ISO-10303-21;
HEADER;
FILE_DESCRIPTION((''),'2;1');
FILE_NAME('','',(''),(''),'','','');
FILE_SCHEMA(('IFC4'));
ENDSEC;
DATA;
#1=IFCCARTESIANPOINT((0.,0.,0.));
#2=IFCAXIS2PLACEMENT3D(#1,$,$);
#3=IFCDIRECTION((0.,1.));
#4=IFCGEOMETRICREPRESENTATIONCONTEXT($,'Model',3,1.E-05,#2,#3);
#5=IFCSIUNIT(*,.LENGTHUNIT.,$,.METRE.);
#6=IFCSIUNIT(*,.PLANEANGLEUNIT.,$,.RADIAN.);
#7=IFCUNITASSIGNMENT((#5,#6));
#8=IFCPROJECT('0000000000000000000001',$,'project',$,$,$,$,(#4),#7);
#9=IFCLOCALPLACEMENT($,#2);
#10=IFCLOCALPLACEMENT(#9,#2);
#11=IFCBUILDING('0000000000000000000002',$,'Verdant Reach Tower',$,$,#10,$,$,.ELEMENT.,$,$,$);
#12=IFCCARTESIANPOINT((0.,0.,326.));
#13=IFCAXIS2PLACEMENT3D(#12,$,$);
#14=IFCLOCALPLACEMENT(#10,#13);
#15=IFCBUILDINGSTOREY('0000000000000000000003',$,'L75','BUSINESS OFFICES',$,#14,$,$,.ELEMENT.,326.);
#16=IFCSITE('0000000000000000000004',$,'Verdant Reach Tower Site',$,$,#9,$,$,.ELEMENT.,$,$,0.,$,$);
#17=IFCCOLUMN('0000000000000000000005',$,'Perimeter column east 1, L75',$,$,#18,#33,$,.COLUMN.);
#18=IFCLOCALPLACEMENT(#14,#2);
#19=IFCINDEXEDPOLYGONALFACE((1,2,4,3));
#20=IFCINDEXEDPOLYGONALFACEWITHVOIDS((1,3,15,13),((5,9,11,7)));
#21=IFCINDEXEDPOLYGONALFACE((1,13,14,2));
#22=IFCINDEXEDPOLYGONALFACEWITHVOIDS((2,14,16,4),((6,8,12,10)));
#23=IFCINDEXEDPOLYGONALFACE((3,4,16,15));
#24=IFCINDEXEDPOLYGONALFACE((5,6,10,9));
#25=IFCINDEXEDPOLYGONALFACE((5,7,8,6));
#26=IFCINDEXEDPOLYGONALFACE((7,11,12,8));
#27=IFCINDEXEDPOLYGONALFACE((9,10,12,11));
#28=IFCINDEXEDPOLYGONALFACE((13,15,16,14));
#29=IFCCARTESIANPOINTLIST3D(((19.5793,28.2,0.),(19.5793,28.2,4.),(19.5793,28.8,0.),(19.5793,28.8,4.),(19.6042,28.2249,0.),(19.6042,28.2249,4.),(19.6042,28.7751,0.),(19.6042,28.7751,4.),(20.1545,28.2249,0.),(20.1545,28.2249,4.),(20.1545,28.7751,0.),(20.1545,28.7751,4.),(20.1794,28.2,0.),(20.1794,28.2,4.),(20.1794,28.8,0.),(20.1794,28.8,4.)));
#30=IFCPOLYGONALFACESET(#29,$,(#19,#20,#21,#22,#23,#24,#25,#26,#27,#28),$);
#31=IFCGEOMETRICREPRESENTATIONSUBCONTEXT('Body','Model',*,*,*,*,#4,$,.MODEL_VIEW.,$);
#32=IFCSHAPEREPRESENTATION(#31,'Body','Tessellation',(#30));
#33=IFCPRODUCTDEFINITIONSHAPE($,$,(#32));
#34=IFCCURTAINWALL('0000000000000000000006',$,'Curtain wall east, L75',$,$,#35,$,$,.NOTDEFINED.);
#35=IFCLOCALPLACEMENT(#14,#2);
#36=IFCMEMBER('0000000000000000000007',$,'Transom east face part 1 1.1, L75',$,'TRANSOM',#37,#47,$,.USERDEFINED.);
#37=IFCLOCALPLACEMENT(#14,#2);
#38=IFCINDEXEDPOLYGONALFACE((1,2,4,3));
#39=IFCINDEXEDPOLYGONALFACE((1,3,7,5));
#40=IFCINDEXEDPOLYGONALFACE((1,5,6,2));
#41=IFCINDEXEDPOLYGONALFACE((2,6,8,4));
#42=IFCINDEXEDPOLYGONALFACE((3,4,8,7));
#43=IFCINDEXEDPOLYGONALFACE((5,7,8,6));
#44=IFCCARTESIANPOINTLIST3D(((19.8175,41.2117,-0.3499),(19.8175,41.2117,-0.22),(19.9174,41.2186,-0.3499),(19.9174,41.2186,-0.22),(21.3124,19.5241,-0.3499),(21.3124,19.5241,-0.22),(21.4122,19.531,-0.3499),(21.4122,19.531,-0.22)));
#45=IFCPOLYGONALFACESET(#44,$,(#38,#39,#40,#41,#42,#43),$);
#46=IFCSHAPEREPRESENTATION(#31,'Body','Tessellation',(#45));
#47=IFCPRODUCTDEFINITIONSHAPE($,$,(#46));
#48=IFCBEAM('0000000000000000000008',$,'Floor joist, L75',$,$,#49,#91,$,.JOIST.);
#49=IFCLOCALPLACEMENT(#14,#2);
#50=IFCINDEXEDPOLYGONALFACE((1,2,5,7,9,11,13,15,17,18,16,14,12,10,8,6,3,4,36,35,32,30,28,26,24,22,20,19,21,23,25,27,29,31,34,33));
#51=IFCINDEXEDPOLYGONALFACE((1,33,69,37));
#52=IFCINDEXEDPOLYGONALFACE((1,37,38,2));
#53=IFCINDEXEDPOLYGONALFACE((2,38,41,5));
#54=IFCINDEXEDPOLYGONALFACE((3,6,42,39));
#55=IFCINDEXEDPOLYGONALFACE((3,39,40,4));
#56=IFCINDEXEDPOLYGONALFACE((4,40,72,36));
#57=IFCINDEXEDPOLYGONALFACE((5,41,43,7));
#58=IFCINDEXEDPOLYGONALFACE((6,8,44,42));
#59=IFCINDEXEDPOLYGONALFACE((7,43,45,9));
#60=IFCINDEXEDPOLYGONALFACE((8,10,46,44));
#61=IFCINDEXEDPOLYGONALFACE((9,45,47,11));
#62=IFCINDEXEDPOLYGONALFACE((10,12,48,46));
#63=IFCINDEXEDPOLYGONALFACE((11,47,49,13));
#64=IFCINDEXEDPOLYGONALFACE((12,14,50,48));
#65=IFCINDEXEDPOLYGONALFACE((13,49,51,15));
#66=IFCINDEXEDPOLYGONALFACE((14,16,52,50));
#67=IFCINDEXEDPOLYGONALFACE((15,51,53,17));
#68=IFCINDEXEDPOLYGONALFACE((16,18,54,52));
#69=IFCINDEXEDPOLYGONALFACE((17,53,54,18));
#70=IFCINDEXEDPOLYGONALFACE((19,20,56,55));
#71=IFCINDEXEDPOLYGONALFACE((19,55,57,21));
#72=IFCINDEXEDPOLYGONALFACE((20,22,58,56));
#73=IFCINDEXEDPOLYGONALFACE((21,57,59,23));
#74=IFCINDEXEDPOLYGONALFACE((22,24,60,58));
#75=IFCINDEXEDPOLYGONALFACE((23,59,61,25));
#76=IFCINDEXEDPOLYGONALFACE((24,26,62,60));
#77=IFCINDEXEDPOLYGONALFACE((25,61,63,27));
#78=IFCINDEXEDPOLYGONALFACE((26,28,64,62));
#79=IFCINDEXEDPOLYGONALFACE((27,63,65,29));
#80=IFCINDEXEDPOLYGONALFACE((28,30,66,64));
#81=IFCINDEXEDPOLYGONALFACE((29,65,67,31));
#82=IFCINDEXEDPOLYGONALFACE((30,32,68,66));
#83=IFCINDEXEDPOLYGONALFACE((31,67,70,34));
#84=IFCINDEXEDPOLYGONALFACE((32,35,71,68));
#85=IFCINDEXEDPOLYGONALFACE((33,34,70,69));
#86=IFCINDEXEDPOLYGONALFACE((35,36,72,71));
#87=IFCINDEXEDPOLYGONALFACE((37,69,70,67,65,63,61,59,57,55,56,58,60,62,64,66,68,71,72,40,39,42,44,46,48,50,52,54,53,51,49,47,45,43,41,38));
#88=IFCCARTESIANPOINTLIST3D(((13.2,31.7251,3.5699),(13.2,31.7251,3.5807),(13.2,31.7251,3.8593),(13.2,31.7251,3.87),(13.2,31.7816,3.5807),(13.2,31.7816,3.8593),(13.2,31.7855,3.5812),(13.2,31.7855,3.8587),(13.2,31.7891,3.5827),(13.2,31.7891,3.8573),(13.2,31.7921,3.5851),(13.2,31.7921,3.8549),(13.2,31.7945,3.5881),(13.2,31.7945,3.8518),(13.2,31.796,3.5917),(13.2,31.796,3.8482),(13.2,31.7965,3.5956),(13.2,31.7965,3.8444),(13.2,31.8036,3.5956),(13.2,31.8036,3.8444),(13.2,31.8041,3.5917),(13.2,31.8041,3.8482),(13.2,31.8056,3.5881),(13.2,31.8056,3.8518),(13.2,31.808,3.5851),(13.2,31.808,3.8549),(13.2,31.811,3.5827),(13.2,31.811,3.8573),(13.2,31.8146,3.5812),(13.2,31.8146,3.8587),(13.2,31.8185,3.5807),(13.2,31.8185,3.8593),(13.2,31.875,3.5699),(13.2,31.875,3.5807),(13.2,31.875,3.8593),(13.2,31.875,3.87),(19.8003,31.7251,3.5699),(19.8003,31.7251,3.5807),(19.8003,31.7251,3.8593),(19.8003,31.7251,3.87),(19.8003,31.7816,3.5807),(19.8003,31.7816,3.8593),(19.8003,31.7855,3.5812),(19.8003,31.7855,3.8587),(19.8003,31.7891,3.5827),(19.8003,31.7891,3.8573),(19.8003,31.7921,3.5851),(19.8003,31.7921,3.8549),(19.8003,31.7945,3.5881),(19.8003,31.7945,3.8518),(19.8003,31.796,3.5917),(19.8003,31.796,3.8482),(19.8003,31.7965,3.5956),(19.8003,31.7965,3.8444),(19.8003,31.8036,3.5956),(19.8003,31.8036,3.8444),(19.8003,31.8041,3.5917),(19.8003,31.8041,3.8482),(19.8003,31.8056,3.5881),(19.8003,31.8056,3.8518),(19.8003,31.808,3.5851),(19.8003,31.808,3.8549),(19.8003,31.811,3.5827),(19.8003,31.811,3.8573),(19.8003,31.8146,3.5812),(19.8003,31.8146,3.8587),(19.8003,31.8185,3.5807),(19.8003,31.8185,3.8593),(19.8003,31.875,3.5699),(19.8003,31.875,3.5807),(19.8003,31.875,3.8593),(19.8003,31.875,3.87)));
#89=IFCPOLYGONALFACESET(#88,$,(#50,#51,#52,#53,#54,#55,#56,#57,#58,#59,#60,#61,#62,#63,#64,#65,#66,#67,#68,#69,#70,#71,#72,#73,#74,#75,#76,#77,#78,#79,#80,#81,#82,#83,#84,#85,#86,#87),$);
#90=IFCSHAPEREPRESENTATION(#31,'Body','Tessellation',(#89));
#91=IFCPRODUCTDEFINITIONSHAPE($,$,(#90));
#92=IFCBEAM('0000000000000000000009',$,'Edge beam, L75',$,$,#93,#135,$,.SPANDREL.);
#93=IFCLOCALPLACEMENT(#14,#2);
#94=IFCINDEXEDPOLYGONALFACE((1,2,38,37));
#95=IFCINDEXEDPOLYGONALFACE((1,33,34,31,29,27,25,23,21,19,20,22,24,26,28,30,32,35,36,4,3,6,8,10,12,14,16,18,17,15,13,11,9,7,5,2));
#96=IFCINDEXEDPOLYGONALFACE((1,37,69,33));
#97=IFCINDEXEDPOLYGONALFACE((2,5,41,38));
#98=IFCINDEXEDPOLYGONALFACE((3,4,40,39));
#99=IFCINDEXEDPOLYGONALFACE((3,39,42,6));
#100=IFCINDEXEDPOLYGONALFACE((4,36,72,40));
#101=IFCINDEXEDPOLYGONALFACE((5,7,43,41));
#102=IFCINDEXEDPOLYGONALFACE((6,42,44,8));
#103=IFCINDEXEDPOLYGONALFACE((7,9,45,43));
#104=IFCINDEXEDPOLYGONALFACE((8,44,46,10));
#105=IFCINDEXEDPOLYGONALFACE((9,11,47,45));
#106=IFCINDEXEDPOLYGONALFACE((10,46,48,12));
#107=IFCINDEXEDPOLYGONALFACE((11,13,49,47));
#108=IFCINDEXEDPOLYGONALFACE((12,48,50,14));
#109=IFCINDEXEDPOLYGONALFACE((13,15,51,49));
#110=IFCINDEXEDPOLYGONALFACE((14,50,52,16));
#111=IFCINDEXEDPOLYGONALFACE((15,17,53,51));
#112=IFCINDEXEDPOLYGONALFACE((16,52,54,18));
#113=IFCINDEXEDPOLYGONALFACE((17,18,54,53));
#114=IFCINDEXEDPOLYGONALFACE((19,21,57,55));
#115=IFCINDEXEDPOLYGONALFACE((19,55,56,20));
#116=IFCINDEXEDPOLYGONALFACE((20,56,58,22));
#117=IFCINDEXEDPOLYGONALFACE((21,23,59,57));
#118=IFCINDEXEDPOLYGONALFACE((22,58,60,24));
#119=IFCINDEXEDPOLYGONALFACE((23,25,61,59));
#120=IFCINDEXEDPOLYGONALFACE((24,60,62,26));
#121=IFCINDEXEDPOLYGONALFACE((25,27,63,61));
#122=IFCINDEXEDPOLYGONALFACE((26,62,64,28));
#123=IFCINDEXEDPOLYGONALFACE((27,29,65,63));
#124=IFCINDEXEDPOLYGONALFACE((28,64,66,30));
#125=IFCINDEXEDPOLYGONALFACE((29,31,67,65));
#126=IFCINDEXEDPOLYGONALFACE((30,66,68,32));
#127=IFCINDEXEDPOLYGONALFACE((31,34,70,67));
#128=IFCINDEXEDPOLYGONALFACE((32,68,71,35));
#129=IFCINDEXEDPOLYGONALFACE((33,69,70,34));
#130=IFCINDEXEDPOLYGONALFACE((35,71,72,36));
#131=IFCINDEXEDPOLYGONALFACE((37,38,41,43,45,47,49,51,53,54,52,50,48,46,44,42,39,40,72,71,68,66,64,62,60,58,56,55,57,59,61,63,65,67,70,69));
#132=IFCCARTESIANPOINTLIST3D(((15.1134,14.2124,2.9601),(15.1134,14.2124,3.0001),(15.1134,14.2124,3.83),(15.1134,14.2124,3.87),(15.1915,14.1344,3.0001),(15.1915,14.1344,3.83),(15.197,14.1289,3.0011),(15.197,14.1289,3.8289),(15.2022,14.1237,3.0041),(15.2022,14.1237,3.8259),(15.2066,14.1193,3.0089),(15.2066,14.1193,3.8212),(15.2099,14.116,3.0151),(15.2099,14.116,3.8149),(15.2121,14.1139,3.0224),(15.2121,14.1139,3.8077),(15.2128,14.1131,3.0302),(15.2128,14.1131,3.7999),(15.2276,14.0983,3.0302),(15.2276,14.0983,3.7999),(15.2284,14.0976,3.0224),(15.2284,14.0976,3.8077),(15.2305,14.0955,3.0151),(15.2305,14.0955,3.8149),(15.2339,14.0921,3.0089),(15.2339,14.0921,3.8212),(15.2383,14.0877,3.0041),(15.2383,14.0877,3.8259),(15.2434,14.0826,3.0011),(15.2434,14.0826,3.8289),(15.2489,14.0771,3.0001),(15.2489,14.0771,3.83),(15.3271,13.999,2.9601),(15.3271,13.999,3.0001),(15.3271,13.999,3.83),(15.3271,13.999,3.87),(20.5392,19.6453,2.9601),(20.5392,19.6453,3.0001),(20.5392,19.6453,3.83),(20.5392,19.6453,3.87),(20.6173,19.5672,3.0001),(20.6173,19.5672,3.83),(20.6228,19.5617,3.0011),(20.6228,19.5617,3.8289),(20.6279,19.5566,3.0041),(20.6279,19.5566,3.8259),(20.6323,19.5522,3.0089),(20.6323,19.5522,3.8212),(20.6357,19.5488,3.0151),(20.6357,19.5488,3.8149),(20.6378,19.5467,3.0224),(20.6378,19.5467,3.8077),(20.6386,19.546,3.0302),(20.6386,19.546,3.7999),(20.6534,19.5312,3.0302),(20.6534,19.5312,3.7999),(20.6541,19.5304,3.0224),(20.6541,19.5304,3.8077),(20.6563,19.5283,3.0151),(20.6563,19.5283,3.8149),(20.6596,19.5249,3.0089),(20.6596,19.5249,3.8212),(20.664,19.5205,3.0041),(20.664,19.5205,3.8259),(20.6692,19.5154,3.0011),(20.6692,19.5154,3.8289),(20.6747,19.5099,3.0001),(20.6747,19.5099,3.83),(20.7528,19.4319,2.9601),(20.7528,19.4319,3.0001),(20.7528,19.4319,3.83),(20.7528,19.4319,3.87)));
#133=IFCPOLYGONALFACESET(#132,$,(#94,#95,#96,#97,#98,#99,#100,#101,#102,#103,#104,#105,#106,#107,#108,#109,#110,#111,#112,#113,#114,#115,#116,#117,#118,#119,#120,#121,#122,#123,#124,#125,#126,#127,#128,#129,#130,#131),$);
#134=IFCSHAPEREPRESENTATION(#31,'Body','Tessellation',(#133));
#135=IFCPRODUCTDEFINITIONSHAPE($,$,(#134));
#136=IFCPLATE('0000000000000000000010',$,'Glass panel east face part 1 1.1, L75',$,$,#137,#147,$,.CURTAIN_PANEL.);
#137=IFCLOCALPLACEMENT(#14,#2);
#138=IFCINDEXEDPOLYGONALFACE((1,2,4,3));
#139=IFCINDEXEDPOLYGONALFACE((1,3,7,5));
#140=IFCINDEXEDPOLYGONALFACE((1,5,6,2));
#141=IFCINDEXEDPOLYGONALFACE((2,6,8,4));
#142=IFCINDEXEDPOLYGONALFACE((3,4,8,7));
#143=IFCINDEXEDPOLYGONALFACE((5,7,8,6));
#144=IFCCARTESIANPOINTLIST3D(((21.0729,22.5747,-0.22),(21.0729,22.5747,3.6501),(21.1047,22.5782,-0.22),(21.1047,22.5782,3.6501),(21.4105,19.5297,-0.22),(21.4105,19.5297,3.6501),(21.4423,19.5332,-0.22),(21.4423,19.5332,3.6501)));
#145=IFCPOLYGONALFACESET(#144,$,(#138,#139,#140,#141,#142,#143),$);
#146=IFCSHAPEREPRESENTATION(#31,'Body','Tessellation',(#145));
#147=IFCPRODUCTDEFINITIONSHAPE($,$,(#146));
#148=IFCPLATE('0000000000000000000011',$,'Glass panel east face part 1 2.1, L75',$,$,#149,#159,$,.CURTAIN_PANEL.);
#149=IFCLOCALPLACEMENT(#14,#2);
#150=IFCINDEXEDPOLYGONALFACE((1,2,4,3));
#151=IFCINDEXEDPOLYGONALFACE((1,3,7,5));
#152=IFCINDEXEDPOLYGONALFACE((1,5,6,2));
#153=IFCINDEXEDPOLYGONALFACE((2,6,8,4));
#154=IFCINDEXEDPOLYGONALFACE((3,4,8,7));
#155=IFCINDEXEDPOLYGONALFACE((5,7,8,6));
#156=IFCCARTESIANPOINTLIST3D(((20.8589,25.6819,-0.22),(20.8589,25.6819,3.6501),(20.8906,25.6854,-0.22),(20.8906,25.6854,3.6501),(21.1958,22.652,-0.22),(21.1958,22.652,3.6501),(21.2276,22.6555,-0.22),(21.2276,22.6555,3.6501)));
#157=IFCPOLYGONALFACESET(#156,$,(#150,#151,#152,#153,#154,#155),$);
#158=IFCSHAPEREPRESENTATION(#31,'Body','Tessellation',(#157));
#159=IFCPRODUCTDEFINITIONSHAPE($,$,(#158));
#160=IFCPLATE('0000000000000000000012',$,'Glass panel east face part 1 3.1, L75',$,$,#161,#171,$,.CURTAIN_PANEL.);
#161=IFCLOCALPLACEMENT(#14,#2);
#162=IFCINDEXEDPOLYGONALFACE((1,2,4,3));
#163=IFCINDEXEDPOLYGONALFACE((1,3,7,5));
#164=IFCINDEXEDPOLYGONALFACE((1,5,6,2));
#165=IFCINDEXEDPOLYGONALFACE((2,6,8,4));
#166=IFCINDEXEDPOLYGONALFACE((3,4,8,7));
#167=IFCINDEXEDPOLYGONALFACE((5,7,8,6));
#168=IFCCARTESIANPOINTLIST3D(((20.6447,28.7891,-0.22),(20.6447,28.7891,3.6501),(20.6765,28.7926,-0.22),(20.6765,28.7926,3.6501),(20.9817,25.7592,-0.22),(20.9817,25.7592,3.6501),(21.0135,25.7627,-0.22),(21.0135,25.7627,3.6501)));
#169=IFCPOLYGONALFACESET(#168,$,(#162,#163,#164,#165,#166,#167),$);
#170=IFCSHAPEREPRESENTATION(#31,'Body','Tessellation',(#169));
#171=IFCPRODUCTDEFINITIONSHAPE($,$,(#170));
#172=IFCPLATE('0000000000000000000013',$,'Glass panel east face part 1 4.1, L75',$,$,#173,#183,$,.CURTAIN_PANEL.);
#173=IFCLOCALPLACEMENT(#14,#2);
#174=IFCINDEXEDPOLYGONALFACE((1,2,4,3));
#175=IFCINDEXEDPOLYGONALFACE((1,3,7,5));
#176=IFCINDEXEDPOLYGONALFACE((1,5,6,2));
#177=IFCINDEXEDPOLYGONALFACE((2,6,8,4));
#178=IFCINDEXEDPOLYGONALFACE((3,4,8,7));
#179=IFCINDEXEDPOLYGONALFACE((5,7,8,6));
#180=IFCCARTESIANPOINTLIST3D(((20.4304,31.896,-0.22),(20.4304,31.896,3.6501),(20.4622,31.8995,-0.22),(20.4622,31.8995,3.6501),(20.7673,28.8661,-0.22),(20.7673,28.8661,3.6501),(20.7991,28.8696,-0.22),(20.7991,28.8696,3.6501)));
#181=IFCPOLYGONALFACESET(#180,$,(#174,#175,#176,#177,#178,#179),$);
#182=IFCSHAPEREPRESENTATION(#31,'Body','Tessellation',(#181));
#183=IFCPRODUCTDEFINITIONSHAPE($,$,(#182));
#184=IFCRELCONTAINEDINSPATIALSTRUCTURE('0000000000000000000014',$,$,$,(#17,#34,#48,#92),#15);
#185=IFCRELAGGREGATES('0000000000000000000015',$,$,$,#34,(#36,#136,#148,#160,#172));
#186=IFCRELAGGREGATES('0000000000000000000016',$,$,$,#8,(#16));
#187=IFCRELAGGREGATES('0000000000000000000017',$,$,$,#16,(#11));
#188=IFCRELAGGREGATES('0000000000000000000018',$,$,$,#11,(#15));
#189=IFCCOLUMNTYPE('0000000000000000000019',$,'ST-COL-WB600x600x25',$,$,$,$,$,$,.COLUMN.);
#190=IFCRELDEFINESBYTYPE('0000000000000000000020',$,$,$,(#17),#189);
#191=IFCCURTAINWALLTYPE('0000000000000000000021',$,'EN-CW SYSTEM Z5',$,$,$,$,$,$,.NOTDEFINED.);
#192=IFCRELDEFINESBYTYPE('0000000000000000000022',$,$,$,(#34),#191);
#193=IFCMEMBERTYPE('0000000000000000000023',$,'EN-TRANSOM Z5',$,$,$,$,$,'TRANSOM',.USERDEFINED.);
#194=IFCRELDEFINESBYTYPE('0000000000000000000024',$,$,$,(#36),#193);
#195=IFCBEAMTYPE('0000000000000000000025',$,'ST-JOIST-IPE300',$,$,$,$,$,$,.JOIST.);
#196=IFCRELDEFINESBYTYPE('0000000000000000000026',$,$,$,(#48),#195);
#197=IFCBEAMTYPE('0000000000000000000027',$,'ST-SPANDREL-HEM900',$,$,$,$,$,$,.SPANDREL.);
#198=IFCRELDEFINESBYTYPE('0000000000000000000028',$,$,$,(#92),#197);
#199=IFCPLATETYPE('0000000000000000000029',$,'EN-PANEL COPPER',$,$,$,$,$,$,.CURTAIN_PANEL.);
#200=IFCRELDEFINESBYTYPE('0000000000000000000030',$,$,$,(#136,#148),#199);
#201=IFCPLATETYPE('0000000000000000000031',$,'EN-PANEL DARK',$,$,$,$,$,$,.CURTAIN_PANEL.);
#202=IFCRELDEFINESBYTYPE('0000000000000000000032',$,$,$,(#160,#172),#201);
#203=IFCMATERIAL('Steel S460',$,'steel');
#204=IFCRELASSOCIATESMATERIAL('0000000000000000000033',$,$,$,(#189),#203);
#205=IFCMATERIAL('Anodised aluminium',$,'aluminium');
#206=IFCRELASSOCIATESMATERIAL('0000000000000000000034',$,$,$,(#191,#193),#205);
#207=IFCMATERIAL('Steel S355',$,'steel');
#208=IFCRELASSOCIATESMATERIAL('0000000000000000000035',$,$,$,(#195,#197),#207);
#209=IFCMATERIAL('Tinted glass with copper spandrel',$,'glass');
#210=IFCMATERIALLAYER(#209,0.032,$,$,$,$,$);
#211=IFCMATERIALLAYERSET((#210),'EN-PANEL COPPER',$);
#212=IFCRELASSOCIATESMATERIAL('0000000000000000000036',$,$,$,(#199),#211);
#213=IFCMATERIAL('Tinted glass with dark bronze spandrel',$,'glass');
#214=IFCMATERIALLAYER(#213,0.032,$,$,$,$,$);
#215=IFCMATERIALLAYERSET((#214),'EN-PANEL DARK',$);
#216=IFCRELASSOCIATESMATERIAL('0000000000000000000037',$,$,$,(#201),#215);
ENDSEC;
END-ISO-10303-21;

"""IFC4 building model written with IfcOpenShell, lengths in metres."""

from ifc_helpers import new_model, si_unit, direction, frame, origin, origin_2d, place, context, subcontext, project, spatial, rectangle, hollow_rectangle, i_section, extrude, material, layer, layer_set, material_profile, profile_set, type_object, element, aggregate, save


model = new_model("IFC4")

# Units and contexts
model_context = context("Model", 3, precision=1e-05, world=origin(), true_north=direction((0.0, 1.0)))
body_context = subcontext(model_context, "Body", "Model", "MODEL_VIEW")
ifc_project = project(units=[si_unit("LENGTHUNIT", "METRE"), si_unit("PLANEANGLEUNIT", "RADIAN")], contexts=[model_context])

# Site, building, storey
site_placement = place(None, origin())
site = spatial("IfcSite", under=ifc_project, at=site_placement, Name="Verdant Reach Tower Site", CompositionType="ELEMENT", RefElevation=0.0)
building_placement = place(site_placement, origin())
building = spatial("IfcBuilding", under=site, at=building_placement, Name="Verdant Reach Tower", CompositionType="ELEMENT")
storey_placement = place(building_placement, frame((0.0, 0.0, 326.0)))
storey = spatial("IfcBuildingStorey", under=building, at=storey_placement, Name="L75", Description="BUSINESS OFFICES", CompositionType="ELEMENT", Elevation=326.0)

# Column
ifc_material_1 = material(Name="Steel S460", Category="steel")
ifc_material_profile_1 = material_profile(ifc_material_1, hollow_rectangle(XDim=0.6001, YDim=0.6001, WallThickness=0.0249, at=origin_2d()), Name="WB 600x600x25")
ifc_profile_set_1 = profile_set([ifc_material_profile_1], Name="Steel S460")
column_type = type_object("IfcColumnType", Name="ST-COL-WB600x600x25", PredefinedType="COLUMN", material=ifc_profile_set_1)
column_placement = place(storey_placement, frame((19.8794, 28.5, 0.0), z_axis=(0.0, 0.0, 1.0), x_axis=(1.0, 0.0, 0.0)))
element("IfcColumn", 1, at=column_placement, inside=storey, type_object=column_type, Name="Perimeter column east 1, L75", PredefinedType="COLUMN", context=body_context, shape_type="SweptSolid", body=[
    extrude(hollow_rectangle(XDim=0.6001, YDim=0.6001, WallThickness=0.0249, at=origin_2d()), origin(), (0.0, 0.0, 1.0), 4.0),
])

# Curtain wall, member
ifc_material_2 = material(Name="Anodised aluminium", Category="aluminium")
curtain_wall_type = type_object("IfcCurtainWallType", Name="EN-CW SYSTEM Z5", PredefinedType="NOTDEFINED", material=ifc_material_2)
curtain_wall_placement = place(storey_placement, origin())
curtain_wall = element("IfcCurtainWall", 2, at=curtain_wall_placement, inside=storey, type_object=curtain_wall_type, Name="Curtain wall east, L75", PredefinedType="NOTDEFINED")
ifc_material_profile_2 = material_profile(ifc_material_2, rectangle(XDim=0.1001, YDim=0.1299, at=origin_2d()), Name="Transom 130x100")
ifc_profile_set_2 = profile_set([ifc_material_profile_2], Name="Anodised aluminium")
member_type = type_object("IfcMemberType", Name="EN-TRANSOM Z5", ElementType="TRANSOM", PredefinedType="USERDEFINED", material=ifc_profile_set_2)
member_placement = place(storey_placement, frame((21.3623, 19.5276, -0.2849), z_axis=(-0.068765, 0.997633, 0.0), x_axis=(-0.997633, -0.068765, 0.0)))
member = element("IfcMember", 3, at=member_placement, type_object=member_type, Name="Transom east face part 1 1.1, L75", ObjectType="TRANSOM", PredefinedType="USERDEFINED", context=body_context, shape_type="SweptSolid", body=[
    extrude(rectangle(XDim=0.1001, YDim=0.1299, at=origin_2d()), origin(), (0.0, 0.0, 1.0), 21.739),
])

# Beams
ifc_material_3 = material(Name="Steel S355", Category="steel")
ifc_material_profile_3 = material_profile(ifc_material_3, i_section(OverallWidth=0.1499, OverallDepth=0.3, WebThickness=0.0071, FlangeThickness=0.0107, FilletRadius=0.0149, at=origin_2d()), Name="IPE 300")
ifc_profile_set_3 = profile_set([ifc_material_profile_3], Name="Steel S355")
beam_type_1 = type_object("IfcBeamType", Name="ST-JOIST-IPE300", PredefinedType="JOIST", material=ifc_profile_set_3)
beam_1_placement = place(storey_placement, frame((13.2, 31.8, 3.72), z_axis=(1.0, 0.0, 0.0), x_axis=(0.0, 1.0, 0.0)))
element("IfcBeam", 4, at=beam_1_placement, inside=storey, type_object=beam_type_1, Name="Floor joist, L75", PredefinedType="JOIST", context=body_context, shape_type="SweptSolid", body=[
    extrude(i_section(OverallWidth=0.1499, OverallDepth=0.3, WebThickness=0.0071, FlangeThickness=0.0107, FilletRadius=0.0149, at=origin_2d()), origin(), (0.0, 0.0, 1.0), 6.6003),
])
ifc_material_profile_4 = material_profile(ifc_material_3, i_section(OverallWidth=0.302, OverallDepth=0.9099, WebThickness=0.021, FlangeThickness=0.04, FilletRadius=0.03, at=origin_2d()), Name="HEM 900")
ifc_profile_set_4 = profile_set([ifc_material_profile_4], Name="Steel S355")
beam_type_2 = type_object("IfcBeamType", Name="ST-SPANDREL-HEM900", PredefinedType="SPANDREL", material=ifc_profile_set_4)
beam_2_placement = place(storey_placement, frame((20.646, 19.5386, 3.415), z_axis=(-0.706646, -0.707568, 0.0), x_axis=(0.707568, -0.706646, 0.0)))
element("IfcBeam", 5, at=beam_2_placement, inside=storey, type_object=beam_type_2, Name="Edge beam, L75", PredefinedType="SPANDREL", context=body_context, shape_type="SweptSolid", body=[
    extrude(i_section(OverallWidth=0.302, OverallDepth=0.9099, WebThickness=0.021, FlangeThickness=0.04, FilletRadius=0.03, at=origin_2d()), origin(), (0.0, 0.0, 1.0), 7.6782),
])

# Plates
ifc_material_4 = material(Name="Tinted glass with copper spandrel", Category="glass")
ifc_layer_1 = layer(ifc_material_4, 0.032)
ifc_layer_set_1 = layer_set([ifc_layer_1], Name="EN-PANEL COPPER")
plate_type_1 = type_object("IfcPlateType", Name="EN-PANEL COPPER", PredefinedType="CURTAIN_PANEL", material=ifc_layer_set_1)
plate_1_placement = place(storey_placement, frame((21.2576, 21.054, -0.22), z_axis=(0.0, 0.0, 1.0), x_axis=(-0.110198, 0.99391, 0.0)))
plate_1 = element("IfcPlate", 6, at=plate_1_placement, type_object=plate_type_1, Name="Glass panel east face part 1 1.1, L75", PredefinedType="CURTAIN_PANEL", context=body_context, shape_type="SweptSolid", body=[
    extrude(rectangle(XDim=3.0637, YDim=0.032, at=origin_2d()), origin(), (0.0, 0.0, 1.0), 3.8701),
])
plate_2_placement = place(storey_placement, frame((21.0432, 24.1687, -0.22), z_axis=(0.0, 0.0, 1.0), x_axis=(-0.110518, 0.993874, 0.0)))
plate_2 = element("IfcPlate", 7, at=plate_2_placement, type_object=plate_type_1, Name="Glass panel east face part 1 2.1, L75", PredefinedType="CURTAIN_PANEL", context=body_context, shape_type="SweptSolid", body=[
    extrude(rectangle(XDim=3.0486, YDim=0.032, at=origin_2d()), origin(), (0.0, 0.0, 1.0), 3.8701),
])
ifc_material_5 = material(Name="Tinted glass with dark bronze spandrel", Category="glass")
ifc_layer_2 = layer(ifc_material_5, 0.032)
ifc_layer_set_2 = layer_set([ifc_layer_2], Name="EN-PANEL DARK")
plate_type_2 = type_object("IfcPlateType", Name="EN-PANEL DARK", PredefinedType="CURTAIN_PANEL", material=ifc_layer_set_2)
plate_3_placement = place(storey_placement, frame((20.8291, 27.2759, -0.22), z_axis=(0.0, 0.0, 1.0), x_axis=(-0.110518, 0.993874, 0.0)))
plate_3 = element("IfcPlate", 8, at=plate_3_placement, type_object=plate_type_2, Name="Glass panel east face part 1 3.1, L75", PredefinedType="CURTAIN_PANEL", context=body_context, shape_type="SweptSolid", body=[
    extrude(rectangle(XDim=3.0486, YDim=0.032, at=origin_2d()), origin(), (0.0, 0.0, 1.0), 3.8701),
])
plate_4_placement = place(storey_placement, frame((20.6147, 30.3828, -0.22), z_axis=(0.0, 0.0, 1.0), x_axis=(-0.110518, 0.993874, 0.0)))
plate_4 = element("IfcPlate", 9, at=plate_4_placement, type_object=plate_type_2, Name="Glass panel east face part 1 4.1, L75", PredefinedType="CURTAIN_PANEL", context=body_context, shape_type="SweptSolid", body=[
    extrude(rectangle(XDim=3.0486, YDim=0.032, at=origin_2d()), origin(), (0.0, 0.0, 1.0), 3.8701),
])
aggregate(curtain_wall, [member, plate_1, plate_2, plate_3, plate_4])

save(model, "model.ifc")
